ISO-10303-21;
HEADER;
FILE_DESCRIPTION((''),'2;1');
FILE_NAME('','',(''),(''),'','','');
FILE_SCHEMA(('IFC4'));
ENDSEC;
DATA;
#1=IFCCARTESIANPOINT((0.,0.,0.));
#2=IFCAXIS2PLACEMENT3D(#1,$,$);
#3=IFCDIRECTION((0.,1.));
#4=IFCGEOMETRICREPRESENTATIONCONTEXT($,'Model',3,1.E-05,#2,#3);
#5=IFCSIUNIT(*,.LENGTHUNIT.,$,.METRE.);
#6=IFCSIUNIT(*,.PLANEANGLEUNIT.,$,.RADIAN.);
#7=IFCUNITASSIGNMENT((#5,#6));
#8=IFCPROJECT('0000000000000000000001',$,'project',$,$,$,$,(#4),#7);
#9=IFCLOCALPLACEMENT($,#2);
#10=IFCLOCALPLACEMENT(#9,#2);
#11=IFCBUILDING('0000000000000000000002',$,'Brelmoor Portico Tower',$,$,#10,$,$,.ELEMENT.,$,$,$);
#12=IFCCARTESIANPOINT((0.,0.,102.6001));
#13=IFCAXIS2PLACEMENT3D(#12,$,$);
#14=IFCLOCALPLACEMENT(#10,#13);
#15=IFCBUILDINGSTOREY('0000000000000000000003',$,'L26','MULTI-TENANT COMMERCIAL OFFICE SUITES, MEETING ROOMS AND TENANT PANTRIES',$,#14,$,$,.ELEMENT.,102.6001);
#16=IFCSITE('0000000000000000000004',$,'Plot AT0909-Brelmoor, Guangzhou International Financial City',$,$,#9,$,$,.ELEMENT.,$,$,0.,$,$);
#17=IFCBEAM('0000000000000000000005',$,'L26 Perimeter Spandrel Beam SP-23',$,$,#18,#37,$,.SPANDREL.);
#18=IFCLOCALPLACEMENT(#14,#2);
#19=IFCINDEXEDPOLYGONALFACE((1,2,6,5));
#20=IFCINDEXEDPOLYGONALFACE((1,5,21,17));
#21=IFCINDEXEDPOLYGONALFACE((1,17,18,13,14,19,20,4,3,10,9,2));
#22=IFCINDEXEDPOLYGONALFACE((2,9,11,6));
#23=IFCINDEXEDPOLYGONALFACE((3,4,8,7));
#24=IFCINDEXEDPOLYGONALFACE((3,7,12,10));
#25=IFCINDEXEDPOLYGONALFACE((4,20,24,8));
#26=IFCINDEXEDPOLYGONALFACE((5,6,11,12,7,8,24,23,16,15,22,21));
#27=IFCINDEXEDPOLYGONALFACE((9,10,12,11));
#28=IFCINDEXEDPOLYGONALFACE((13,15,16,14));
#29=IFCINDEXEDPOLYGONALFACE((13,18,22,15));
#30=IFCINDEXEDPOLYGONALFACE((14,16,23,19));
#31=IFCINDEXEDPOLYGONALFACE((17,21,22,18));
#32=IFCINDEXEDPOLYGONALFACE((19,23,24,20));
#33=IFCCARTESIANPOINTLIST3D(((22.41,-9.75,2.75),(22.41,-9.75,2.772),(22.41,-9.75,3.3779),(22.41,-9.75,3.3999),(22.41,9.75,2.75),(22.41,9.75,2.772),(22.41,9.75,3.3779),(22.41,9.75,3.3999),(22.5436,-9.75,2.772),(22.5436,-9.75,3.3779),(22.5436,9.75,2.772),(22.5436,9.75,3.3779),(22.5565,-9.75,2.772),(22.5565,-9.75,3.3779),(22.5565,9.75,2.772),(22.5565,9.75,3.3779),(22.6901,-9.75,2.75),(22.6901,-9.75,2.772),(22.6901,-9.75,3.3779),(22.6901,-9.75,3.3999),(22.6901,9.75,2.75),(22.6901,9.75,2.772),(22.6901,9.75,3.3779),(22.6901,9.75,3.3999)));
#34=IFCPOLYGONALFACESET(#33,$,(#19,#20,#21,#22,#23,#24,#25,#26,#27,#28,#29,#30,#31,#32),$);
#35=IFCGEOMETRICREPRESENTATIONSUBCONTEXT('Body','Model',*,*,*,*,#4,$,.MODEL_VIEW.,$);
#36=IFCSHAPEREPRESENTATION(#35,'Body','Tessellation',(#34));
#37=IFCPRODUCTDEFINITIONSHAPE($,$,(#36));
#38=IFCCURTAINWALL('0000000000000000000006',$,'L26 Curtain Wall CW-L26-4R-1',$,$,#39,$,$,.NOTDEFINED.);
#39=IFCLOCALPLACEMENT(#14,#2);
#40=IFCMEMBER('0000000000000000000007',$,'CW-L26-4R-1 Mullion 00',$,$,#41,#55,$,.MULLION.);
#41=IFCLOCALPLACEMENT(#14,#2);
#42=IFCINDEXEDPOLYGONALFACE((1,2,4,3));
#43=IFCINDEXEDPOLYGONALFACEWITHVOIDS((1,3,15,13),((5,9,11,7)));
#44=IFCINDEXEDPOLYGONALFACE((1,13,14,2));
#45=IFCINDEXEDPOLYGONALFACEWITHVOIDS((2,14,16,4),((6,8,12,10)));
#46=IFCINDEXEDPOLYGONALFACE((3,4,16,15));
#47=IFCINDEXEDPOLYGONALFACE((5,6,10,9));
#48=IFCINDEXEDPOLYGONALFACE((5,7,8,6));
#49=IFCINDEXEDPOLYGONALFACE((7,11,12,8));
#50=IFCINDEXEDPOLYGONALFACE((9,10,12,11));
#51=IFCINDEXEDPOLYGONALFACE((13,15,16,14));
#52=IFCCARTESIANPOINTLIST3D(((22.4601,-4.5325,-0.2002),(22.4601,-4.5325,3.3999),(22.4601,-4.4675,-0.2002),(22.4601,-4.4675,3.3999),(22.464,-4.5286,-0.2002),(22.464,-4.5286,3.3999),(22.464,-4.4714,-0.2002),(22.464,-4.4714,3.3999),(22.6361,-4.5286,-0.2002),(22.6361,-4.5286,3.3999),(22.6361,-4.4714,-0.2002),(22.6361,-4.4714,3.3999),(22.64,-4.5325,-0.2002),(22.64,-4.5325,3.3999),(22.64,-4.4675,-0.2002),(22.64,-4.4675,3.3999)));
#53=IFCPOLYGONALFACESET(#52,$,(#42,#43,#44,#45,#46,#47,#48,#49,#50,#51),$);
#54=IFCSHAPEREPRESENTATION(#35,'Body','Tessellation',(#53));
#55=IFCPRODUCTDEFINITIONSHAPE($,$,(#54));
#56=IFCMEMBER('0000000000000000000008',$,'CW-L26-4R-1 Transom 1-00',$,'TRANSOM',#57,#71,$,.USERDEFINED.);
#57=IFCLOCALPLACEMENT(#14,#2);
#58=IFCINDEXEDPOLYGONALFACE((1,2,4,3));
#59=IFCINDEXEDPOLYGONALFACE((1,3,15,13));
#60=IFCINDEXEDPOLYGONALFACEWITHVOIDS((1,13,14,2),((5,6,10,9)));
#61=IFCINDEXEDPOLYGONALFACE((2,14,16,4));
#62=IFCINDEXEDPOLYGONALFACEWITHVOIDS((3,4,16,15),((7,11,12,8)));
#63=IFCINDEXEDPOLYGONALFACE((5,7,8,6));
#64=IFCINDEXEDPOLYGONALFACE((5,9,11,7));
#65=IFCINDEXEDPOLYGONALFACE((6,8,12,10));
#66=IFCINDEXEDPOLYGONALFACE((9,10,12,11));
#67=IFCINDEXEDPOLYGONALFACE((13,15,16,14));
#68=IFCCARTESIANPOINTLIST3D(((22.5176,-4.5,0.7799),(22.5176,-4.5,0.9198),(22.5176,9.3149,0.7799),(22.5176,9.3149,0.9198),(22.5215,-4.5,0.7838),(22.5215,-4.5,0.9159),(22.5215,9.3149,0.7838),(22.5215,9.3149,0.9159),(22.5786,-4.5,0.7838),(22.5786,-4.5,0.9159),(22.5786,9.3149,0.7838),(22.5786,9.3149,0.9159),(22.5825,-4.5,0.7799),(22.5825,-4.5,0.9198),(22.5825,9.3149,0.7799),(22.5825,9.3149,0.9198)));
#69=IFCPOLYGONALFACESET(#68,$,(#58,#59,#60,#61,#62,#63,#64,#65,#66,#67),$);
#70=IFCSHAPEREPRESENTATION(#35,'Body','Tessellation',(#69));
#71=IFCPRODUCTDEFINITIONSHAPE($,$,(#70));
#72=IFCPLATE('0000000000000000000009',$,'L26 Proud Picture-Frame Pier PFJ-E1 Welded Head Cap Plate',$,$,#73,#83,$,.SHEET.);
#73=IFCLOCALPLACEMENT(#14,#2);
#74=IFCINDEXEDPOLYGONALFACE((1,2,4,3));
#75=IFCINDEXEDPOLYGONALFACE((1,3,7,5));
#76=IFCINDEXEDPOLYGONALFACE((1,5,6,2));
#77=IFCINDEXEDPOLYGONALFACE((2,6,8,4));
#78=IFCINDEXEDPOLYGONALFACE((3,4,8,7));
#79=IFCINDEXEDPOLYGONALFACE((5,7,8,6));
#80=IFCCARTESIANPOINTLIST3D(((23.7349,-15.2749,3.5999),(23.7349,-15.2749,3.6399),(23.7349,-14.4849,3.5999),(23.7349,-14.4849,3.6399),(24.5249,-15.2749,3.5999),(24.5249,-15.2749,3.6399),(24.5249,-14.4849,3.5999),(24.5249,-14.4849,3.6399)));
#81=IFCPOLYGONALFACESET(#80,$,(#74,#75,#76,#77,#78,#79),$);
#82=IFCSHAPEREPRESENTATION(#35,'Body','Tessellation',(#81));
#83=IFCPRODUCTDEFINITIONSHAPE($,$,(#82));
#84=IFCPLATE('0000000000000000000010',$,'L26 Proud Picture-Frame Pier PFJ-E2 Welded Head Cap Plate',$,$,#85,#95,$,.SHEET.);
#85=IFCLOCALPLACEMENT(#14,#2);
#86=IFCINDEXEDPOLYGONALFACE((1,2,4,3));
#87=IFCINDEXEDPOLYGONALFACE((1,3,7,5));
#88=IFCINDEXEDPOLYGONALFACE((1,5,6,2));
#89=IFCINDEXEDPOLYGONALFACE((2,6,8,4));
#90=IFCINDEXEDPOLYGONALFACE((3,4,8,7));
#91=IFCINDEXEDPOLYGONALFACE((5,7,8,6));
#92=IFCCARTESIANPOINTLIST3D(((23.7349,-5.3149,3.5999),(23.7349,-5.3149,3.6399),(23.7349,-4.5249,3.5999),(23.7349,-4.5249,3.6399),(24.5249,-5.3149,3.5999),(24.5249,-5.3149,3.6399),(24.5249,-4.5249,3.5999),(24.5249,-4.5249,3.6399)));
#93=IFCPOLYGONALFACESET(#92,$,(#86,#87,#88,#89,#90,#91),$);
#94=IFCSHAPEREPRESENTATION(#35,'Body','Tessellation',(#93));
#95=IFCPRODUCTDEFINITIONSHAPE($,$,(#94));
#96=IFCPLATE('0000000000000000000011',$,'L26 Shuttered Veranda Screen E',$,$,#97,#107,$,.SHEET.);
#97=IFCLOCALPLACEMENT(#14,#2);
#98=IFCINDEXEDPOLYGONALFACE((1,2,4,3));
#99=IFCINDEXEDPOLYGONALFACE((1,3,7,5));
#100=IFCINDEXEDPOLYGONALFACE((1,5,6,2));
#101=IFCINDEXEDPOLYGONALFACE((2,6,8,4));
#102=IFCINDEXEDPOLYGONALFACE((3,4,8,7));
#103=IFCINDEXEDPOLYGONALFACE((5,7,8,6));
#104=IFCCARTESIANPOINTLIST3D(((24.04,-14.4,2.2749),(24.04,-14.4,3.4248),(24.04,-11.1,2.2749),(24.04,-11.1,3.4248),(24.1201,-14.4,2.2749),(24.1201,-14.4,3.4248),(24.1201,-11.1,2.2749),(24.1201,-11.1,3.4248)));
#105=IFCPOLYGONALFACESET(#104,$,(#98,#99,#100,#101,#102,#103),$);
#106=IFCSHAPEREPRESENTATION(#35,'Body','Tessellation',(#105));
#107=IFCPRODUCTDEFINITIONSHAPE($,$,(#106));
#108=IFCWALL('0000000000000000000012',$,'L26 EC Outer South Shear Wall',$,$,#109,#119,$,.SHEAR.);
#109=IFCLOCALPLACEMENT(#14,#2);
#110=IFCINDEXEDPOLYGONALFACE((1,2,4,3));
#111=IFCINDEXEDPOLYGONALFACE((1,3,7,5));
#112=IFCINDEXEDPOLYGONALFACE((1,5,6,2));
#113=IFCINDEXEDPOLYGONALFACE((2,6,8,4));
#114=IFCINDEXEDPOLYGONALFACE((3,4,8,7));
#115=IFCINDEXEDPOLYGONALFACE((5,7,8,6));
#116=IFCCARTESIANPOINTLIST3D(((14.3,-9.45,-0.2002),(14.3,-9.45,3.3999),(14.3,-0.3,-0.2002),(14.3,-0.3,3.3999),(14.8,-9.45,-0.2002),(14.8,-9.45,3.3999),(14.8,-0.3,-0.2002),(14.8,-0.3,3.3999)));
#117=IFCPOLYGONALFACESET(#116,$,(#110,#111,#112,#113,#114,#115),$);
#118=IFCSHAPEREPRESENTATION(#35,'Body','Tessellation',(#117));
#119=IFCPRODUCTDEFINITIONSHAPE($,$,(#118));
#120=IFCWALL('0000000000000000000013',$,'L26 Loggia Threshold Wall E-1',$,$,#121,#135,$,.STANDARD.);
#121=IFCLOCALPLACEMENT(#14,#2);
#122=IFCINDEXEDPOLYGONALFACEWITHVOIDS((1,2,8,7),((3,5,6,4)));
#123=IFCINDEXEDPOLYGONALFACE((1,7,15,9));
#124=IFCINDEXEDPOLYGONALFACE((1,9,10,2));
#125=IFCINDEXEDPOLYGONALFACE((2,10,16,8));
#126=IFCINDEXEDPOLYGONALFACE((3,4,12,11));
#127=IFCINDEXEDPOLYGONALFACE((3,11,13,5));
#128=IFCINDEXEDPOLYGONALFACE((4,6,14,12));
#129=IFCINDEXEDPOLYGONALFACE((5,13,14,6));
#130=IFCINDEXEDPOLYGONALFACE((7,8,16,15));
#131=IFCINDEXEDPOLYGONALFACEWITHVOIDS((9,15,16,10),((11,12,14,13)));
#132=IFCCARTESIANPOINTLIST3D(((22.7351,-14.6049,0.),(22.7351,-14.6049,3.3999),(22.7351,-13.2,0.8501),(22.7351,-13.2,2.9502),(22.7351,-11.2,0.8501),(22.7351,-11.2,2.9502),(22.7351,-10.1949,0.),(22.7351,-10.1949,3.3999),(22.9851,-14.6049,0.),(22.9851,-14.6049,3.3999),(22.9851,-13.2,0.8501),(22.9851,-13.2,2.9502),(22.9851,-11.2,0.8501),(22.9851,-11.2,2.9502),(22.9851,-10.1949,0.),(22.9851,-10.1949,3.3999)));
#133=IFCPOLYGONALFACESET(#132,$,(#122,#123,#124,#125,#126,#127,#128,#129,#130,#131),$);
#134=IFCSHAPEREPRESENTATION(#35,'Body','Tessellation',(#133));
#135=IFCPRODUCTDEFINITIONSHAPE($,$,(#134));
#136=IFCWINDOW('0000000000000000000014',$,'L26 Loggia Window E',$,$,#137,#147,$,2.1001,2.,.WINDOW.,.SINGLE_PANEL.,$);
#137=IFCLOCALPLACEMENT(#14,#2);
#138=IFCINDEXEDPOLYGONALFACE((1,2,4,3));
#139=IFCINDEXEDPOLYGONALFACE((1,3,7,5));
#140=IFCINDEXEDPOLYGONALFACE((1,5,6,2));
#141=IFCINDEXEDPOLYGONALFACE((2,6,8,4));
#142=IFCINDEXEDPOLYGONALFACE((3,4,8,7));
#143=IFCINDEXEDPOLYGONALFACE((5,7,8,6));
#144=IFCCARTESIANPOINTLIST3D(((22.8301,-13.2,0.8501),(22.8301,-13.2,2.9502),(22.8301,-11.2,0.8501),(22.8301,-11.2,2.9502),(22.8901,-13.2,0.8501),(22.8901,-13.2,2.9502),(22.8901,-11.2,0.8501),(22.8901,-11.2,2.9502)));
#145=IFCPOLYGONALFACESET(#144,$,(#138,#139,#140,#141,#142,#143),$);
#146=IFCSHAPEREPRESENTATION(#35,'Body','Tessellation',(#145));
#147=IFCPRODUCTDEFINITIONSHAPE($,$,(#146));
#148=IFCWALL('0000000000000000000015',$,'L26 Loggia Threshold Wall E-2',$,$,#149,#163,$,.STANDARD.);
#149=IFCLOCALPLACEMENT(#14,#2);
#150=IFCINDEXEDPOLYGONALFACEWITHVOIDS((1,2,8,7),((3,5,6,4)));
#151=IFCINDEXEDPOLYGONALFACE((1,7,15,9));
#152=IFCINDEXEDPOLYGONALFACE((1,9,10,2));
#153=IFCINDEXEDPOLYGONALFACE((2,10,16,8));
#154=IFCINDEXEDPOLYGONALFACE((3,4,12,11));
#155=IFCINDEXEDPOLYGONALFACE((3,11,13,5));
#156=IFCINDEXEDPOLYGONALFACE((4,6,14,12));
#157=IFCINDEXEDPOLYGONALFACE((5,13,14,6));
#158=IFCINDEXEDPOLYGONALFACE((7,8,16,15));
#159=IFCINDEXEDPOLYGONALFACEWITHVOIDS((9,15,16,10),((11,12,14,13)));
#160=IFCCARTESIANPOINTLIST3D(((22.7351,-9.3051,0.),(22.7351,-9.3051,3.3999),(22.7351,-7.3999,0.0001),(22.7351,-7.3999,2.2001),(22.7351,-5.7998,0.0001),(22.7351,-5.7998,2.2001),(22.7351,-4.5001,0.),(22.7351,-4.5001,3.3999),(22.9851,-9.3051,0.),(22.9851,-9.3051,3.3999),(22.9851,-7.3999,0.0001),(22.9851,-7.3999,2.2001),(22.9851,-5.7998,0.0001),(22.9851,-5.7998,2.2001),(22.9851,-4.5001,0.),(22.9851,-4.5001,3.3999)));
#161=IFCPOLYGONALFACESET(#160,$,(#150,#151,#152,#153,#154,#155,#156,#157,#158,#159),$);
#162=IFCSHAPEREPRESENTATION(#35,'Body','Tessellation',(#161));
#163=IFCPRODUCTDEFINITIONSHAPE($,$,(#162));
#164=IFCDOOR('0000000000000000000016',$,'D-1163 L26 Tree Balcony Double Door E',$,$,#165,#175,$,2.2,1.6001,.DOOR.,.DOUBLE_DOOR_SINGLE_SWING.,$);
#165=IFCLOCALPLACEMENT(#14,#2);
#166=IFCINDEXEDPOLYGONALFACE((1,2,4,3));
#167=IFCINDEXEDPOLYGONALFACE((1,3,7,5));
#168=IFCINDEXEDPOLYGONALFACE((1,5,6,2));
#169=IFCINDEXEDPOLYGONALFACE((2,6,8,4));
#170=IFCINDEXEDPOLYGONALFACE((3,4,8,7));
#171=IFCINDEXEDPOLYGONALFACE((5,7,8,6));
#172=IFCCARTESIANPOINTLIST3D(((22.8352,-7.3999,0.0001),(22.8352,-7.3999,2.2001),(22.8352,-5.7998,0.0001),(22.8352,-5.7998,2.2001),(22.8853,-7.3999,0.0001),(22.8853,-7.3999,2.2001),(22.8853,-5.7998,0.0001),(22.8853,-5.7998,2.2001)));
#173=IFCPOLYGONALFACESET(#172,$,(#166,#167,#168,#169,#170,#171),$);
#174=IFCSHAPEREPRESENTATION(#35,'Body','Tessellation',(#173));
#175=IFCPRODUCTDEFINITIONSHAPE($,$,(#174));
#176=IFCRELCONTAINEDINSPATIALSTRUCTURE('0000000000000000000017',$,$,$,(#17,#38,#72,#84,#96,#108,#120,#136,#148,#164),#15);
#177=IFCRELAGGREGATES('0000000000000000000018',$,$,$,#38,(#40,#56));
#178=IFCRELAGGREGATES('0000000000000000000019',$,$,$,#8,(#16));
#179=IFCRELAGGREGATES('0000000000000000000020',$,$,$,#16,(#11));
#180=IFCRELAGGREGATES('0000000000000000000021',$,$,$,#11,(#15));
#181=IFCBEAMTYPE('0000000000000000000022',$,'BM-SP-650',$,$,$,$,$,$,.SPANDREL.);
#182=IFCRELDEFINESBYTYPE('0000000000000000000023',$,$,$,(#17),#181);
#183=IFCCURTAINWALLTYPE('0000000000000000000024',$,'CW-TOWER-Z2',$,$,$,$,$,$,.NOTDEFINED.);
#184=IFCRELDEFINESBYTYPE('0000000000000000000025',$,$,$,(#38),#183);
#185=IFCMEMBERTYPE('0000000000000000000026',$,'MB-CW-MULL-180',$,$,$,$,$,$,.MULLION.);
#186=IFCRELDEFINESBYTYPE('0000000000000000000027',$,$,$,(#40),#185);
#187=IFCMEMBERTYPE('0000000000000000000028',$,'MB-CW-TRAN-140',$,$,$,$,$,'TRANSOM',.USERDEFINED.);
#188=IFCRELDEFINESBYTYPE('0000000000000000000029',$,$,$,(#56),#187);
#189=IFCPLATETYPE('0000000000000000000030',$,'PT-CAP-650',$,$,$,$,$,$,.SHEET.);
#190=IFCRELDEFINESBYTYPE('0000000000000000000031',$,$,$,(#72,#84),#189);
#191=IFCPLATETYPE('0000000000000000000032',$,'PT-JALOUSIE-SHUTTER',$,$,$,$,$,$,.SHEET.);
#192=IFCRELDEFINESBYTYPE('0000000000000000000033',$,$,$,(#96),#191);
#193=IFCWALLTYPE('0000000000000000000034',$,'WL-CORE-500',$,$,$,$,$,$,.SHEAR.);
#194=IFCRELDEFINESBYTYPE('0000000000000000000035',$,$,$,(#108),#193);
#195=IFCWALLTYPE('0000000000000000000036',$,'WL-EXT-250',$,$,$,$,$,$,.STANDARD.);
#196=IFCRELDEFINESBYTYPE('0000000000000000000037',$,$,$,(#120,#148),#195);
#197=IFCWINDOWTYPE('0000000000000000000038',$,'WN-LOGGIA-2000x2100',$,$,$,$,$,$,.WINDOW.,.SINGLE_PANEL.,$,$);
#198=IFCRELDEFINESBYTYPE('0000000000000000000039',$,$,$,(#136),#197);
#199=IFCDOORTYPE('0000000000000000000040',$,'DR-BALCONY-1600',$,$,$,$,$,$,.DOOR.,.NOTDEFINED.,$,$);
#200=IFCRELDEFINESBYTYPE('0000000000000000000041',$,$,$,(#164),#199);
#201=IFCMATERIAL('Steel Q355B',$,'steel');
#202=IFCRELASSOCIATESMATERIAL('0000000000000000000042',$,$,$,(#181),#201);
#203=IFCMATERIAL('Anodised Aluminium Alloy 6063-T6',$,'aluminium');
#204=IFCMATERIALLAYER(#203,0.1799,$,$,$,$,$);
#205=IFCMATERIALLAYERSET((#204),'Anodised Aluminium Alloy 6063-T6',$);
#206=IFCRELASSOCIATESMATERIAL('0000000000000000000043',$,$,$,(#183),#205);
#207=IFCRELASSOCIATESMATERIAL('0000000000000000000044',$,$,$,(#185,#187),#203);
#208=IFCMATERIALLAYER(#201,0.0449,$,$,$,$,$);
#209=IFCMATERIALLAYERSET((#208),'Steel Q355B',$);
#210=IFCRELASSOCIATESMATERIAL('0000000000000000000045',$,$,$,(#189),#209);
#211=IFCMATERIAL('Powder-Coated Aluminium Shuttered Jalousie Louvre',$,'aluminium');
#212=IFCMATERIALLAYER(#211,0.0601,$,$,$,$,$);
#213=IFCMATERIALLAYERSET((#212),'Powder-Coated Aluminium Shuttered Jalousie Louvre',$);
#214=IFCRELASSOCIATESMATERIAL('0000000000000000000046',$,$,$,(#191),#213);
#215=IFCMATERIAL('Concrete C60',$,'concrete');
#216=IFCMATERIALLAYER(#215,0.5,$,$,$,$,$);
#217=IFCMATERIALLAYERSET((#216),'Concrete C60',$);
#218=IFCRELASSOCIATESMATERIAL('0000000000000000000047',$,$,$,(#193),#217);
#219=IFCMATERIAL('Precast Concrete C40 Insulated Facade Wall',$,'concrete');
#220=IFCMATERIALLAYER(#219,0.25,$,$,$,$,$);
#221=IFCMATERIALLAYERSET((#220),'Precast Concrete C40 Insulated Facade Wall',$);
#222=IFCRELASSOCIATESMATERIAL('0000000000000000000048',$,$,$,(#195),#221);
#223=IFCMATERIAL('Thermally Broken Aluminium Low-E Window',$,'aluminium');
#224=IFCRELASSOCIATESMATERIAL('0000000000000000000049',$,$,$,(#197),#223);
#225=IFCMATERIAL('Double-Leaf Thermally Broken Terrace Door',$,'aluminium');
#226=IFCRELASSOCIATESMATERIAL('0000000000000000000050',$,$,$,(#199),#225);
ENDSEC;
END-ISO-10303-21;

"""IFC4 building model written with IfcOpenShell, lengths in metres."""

from ifc_helpers import new_model, si_unit, direction, frame, frame_2d, origin, origin_2d, place, context, subcontext, project, spatial, rectangle, hollow_rectangle, i_section, extrude, material, layer, layer_set, material_profile, profile_set, type_object, element, fill, aggregate, save


model = new_model("IFC4")

# Units and contexts
model_context = context("Model", 3, precision=1e-05, world=origin(), true_north=direction((0.0, 1.0)))
body_context = subcontext(model_context, "Body", "Model", "MODEL_VIEW")
ifc_project = project(units=[si_unit("LENGTHUNIT", "METRE"), si_unit("PLANEANGLEUNIT", "RADIAN")], contexts=[model_context])

# Site, building, storey
site_placement = place(None, origin())
site = spatial("IfcSite", under=ifc_project, at=site_placement, Name="Plot AT0909-Brelmoor, Guangzhou International Financial City", CompositionType="ELEMENT", RefElevation=0.0)
building_placement = place(site_placement, origin())
building = spatial("IfcBuilding", under=site, at=building_placement, Name="Brelmoor Portico Tower", CompositionType="ELEMENT")
storey_placement = place(building_placement, frame((0.0, 0.0, 102.6001)))
storey = spatial("IfcBuildingStorey", under=building, at=storey_placement, Name="L26", Description="MULTI-TENANT COMMERCIAL OFFICE SUITES, MEETING ROOMS AND TENANT PANTRIES", CompositionType="ELEMENT", Elevation=102.6001)

# Shared definitions
ifc_material_1 = material(Name="Steel Q355B", Category="steel")

# Beam
ifc_material_profile_1 = material_profile(ifc_material_1, i_section(OverallWidth=0.28, OverallDepth=0.6499, WebThickness=0.0129, FlangeThickness=0.022, at=origin_2d()), Name="HN 650x280x13x22")
ifc_profile_set_1 = profile_set([ifc_material_profile_1], Name="Steel Q355B")
beam_type_1 = type_object("IfcBeamType", Name="BM-SP-650", PredefinedType="SPANDREL", material=ifc_profile_set_1)
beam_1_placement = place(storey_placement, frame((22.55, -9.75, 3.075), z_axis=(0.0, 1.0, 0.0), x_axis=(-1.0, 0.0, 0.0)))
element("IfcBeam", 1, at=beam_1_placement, inside=storey, type_object=beam_type_1, Name="L26 Perimeter Spandrel Beam SP-23", PredefinedType="SPANDREL", context=body_context, shape_type="SweptSolid", body=[
    extrude(i_section(OverallWidth=0.28, OverallDepth=0.6499, WebThickness=0.0129, FlangeThickness=0.022, at=origin_2d()), origin(), (0.0, 0.0, 1.0), 19.5),
])

# Curtain wall, members
ifc_material_2 = material(Name="Anodised Aluminium Alloy 6063-T6", Category="aluminium")
ifc_layer_1 = layer(ifc_material_2, 0.1799)
ifc_layer_set_1 = layer_set([ifc_layer_1], Name="Anodised Aluminium Alloy 6063-T6")
curtain_wall_type = type_object("IfcCurtainWallType", Name="CW-TOWER-Z2", PredefinedType="NOTDEFINED", material=ifc_layer_set_1)
curtain_wall_placement = place(storey_placement, origin())
curtain_wall = element("IfcCurtainWall", 2, at=curtain_wall_placement, inside=storey, type_object=curtain_wall_type, Name="L26 Curtain Wall CW-L26-4R-1", PredefinedType="NOTDEFINED")
ifc_material_profile_2 = material_profile(ifc_material_2, hollow_rectangle(XDim=0.0649, YDim=0.1799, WallThickness=0.0039, at=origin_2d()), Name="ALU MULLION 65x180")
ifc_profile_set_2 = profile_set([ifc_material_profile_2], Name="Anodised Aluminium Alloy 6063-T6")
member_type_1 = type_object("IfcMemberType", Name="MB-CW-MULL-180", PredefinedType="MULLION", material=ifc_profile_set_2)
member_1_placement = place(storey_placement, frame((22.55, -4.5, -0.2002), z_axis=(0.0, 0.0, 1.0), x_axis=(0.0, 1.0, 0.0)))
member_1 = element("IfcMember", 3, at=member_1_placement, type_object=member_type_1, Name="CW-L26-4R-1 Mullion 00", PredefinedType="MULLION", context=body_context, shape_type="SweptSolid", body=[
    extrude(hollow_rectangle(XDim=0.0649, YDim=0.1799, WallThickness=0.0039, at=origin_2d()), origin(), (0.0, 0.0, 1.0), 3.6001),
])
ifc_material_profile_3 = material_profile(ifc_material_2, hollow_rectangle(XDim=0.0649, YDim=0.1399, WallThickness=0.0039, at=origin_2d()), Name="ALU TRANSOM 65x140")
ifc_profile_set_3 = profile_set([ifc_material_profile_3], Name="Anodised Aluminium Alloy 6063-T6")
member_type_2 = type_object("IfcMemberType", Name="MB-CW-TRAN-140", ElementType="TRANSOM", PredefinedType="USERDEFINED", material=ifc_profile_set_3)
member_2_placement = place(storey_placement, frame((22.55, -4.5, 0.8499), z_axis=(0.0, 1.0, 0.0), x_axis=(-1.0, 0.0, 0.0)))
member_2 = element("IfcMember", 4, at=member_2_placement, type_object=member_type_2, Name="CW-L26-4R-1 Transom 1-00", ObjectType="TRANSOM", PredefinedType="USERDEFINED", context=body_context, shape_type="SweptSolid", body=[
    extrude(hollow_rectangle(XDim=0.0649, YDim=0.1399, WallThickness=0.0039, at=origin_2d()), origin(), (0.0, 0.0, 1.0), 13.8149),
])
aggregate(curtain_wall, [member_1, member_2])

# Plates
ifc_layer_2 = layer(ifc_material_1, 0.0449)
ifc_layer_set_2 = layer_set([ifc_layer_2], Name="Steel Q355B")
plate_type_1 = type_object("IfcPlateType", Name="PT-CAP-650", PredefinedType="SHEET", material=ifc_layer_set_2)
for number, where, z_axis, x_axis, name in (
    (5, (24.1299, -14.8799, 3.5999), (0.0, 0.0, 1.0), (0.0, 1.0, 0.0), "L26 Proud Picture-Frame Pier PFJ-E1 Welded Head Cap Plate"),
    (6, (24.1299, -4.9199, 3.5999), (0.0, 0.0, 1.0), (0.0, 1.0, 0.0), "L26 Proud Picture-Frame Pier PFJ-E2 Welded Head Cap Plate"),
):
    element("IfcPlate", number, at=place(storey_placement, frame(where, z_axis=z_axis, x_axis=x_axis)), inside=storey, type_object=plate_type_1, Name=name, PredefinedType="SHEET", context=body_context, shape_type="SweptSolid", body=[
        extrude(rectangle(XDim=0.79, YDim=0.79, at=origin_2d()), origin(), (0.0, 0.0, 1.0), 0.04),
    ])
ifc_material_3 = material(Name="Powder-Coated Aluminium Shuttered Jalousie Louvre", Category="aluminium")
ifc_layer_3 = layer(ifc_material_3, 0.0601)
ifc_layer_set_3 = layer_set([ifc_layer_3], Name="Powder-Coated Aluminium Shuttered Jalousie Louvre")
plate_type_2 = type_object("IfcPlateType", Name="PT-JALOUSIE-SHUTTER", PredefinedType="SHEET", material=ifc_layer_set_3)
plate_placement = place(storey_placement, frame((24.0801, -12.75, 2.2749), z_axis=(0.0, 0.0, 1.0), x_axis=(0.0, 1.0, 0.0)))
element("IfcPlate", 7, at=plate_placement, inside=storey, type_object=plate_type_2, Name="L26 Shuttered Veranda Screen E", PredefinedType="SHEET", context=body_context, shape_type="SweptSolid", body=[
    extrude(rectangle(XDim=3.3, YDim=0.0801, at=origin_2d()), origin(), (0.0, 0.0, 1.0), 1.1499),
])

# Wall
ifc_material_4 = material(Name="Concrete C60", Category="concrete")
ifc_layer_4 = layer(ifc_material_4, 0.5)
ifc_layer_set_4 = layer_set([ifc_layer_4], Name="Concrete C60")
wall_type_1 = type_object("IfcWallType", Name="WL-CORE-500", PredefinedType="SHEAR", material=ifc_layer_set_4)
wall_1_placement = place(storey_placement, frame((14.55, -9.45, -0.2002), z_axis=(0.0, 0.0, 1.0), x_axis=(0.0, 1.0, 0.0)))
element("IfcWall", 8, at=wall_1_placement, inside=storey, type_object=wall_type_1, Name="L26 EC Outer South Shear Wall", PredefinedType="SHEAR", context=body_context, shape_type="SweptSolid", body=[
    extrude(rectangle(XDim=9.1499, YDim=0.5, at=frame_2d((4.575, 0.0))), origin(), (0.0, 0.0, 1.0), 3.6001),
])

# Wall, opening, window
ifc_material_5 = material(Name="Precast Concrete C40 Insulated Facade Wall", Category="concrete")
ifc_layer_5 = layer(ifc_material_5, 0.25)
ifc_layer_set_5 = layer_set([ifc_layer_5], Name="Precast Concrete C40 Insulated Facade Wall")
wall_type_2 = type_object("IfcWallType", Name="WL-EXT-250", PredefinedType="STANDARD", material=ifc_layer_set_5)
wall_2_placement = place(storey_placement, frame((22.8601, -14.605, 0.0), z_axis=(0.0, 0.0, 1.0), x_axis=(0.0, 1.0, 0.0)))
wall_2 = element("IfcWall", 9, at=wall_2_placement, inside=storey, type_object=wall_type_2, Name="L26 Loggia Threshold Wall E-1", PredefinedType="STANDARD", context=body_context, shape_type="SweptSolid", body=[
    extrude(rectangle(XDim=4.4099, YDim=0.25, at=frame_2d((2.2051, 0.0))), origin(), (0.0, 0.0, 1.0), 3.3999),
])
opening_1_placement = place(wall_2_placement, frame((1.405, 0.0, 0.8501)))
opening_1 = element("IfcOpeningElement", 10, at=opening_1_placement, cuts=wall_2, PredefinedType="OPENING", context=body_context, shape_type="SweptSolid", body=[
    extrude(rectangle(XDim=2.0, YDim=2.1001, at=frame_2d((1.0, 1.05))), frame((0.0, 0.135, 0.0), z_axis=(0.0, -1.0, 0.0), x_axis=(1.0, 0.0, 0.0)), (0.0, 0.0, 1.0), 0.27),
])
ifc_material_6 = material(Name="Thermally Broken Aluminium Low-E Window", Category="aluminium")
window_type = type_object("IfcWindowType", Name="WN-LOGGIA-2000x2100", PartitioningType="SINGLE_PANEL", PredefinedType="WINDOW", material=ifc_material_6)
window_placement = place(opening_1_placement, origin())
window = element("IfcWindow", 11, at=window_placement, inside=storey, type_object=window_type, Name="L26 Loggia Window E", OverallHeight=2.1001, OverallWidth=2.0, PartitioningType="SINGLE_PANEL", PredefinedType="WINDOW", context=body_context, shape_type="SweptSolid", body=[
    extrude(rectangle(XDim=2.0, YDim=2.1001, at=frame_2d((1.0, 1.05))), frame((0.0, 0.03, 0.0), z_axis=(0.0, -1.0, 0.0), x_axis=(1.0, 0.0, 0.0)), (0.0, 0.0, 1.0), 0.0601),
])
fill(opening_1, window)

# Wall, opening, door
wall_3_placement = place(storey_placement, frame((22.8601, -9.3049, 0.0), z_axis=(0.0, 0.0, 1.0), x_axis=(0.0, 1.0, 0.0)))
wall_3 = element("IfcWall", 12, at=wall_3_placement, inside=storey, type_object=wall_type_2, Name="L26 Loggia Threshold Wall E-2", PredefinedType="STANDARD", context=body_context, shape_type="SweptSolid", body=[
    extrude(rectangle(XDim=4.8049, YDim=0.25, at=frame_2d((2.4023, 0.0))), origin(), (0.0, 0.0, 1.0), 3.3999),
])
opening_2_placement = place(wall_3_placement, frame((1.905, 0.0, 0.0)))
opening_2 = element("IfcOpeningElement", 13, at=opening_2_placement, cuts=wall_3, PredefinedType="OPENING", context=body_context, shape_type="SweptSolid", body=[
    extrude(rectangle(XDim=1.6001, YDim=2.2, at=frame_2d((0.8, 1.1001))), frame((0.0, 0.135, 0.0), z_axis=(0.0, -1.0, 0.0), x_axis=(1.0, 0.0, 0.0)), (0.0, 0.0, 1.0), 0.27),
])
ifc_material_7 = material(Name="Double-Leaf Thermally Broken Terrace Door", Category="aluminium")
door_type_1 = type_object("IfcDoorType", Name="DR-BALCONY-1600", OperationType="NOTDEFINED", PredefinedType="DOOR", material=ifc_material_7)
door_1_placement = place(opening_2_placement, origin())
door_1 = element("IfcDoor", 14, at=door_1_placement, inside=storey, type_object=door_type_1, Name="D-1163 L26 Tree Balcony Double Door E", OperationType="DOUBLE_DOOR_SINGLE_SWING", OverallHeight=2.2, OverallWidth=1.6001, PredefinedType="DOOR", context=body_context, shape_type="SweptSolid", body=[
    extrude(rectangle(XDim=1.6001, YDim=2.2, at=frame_2d((0.8, 1.1001))), frame((0.0, 0.0249, 0.0), z_axis=(0.0, -1.0, 0.0), x_axis=(1.0, 0.0, 0.0)), (0.0, 0.0, 1.0), 0.05),
])
fill(opening_2, door_1)

save(model, "model.ifc")
